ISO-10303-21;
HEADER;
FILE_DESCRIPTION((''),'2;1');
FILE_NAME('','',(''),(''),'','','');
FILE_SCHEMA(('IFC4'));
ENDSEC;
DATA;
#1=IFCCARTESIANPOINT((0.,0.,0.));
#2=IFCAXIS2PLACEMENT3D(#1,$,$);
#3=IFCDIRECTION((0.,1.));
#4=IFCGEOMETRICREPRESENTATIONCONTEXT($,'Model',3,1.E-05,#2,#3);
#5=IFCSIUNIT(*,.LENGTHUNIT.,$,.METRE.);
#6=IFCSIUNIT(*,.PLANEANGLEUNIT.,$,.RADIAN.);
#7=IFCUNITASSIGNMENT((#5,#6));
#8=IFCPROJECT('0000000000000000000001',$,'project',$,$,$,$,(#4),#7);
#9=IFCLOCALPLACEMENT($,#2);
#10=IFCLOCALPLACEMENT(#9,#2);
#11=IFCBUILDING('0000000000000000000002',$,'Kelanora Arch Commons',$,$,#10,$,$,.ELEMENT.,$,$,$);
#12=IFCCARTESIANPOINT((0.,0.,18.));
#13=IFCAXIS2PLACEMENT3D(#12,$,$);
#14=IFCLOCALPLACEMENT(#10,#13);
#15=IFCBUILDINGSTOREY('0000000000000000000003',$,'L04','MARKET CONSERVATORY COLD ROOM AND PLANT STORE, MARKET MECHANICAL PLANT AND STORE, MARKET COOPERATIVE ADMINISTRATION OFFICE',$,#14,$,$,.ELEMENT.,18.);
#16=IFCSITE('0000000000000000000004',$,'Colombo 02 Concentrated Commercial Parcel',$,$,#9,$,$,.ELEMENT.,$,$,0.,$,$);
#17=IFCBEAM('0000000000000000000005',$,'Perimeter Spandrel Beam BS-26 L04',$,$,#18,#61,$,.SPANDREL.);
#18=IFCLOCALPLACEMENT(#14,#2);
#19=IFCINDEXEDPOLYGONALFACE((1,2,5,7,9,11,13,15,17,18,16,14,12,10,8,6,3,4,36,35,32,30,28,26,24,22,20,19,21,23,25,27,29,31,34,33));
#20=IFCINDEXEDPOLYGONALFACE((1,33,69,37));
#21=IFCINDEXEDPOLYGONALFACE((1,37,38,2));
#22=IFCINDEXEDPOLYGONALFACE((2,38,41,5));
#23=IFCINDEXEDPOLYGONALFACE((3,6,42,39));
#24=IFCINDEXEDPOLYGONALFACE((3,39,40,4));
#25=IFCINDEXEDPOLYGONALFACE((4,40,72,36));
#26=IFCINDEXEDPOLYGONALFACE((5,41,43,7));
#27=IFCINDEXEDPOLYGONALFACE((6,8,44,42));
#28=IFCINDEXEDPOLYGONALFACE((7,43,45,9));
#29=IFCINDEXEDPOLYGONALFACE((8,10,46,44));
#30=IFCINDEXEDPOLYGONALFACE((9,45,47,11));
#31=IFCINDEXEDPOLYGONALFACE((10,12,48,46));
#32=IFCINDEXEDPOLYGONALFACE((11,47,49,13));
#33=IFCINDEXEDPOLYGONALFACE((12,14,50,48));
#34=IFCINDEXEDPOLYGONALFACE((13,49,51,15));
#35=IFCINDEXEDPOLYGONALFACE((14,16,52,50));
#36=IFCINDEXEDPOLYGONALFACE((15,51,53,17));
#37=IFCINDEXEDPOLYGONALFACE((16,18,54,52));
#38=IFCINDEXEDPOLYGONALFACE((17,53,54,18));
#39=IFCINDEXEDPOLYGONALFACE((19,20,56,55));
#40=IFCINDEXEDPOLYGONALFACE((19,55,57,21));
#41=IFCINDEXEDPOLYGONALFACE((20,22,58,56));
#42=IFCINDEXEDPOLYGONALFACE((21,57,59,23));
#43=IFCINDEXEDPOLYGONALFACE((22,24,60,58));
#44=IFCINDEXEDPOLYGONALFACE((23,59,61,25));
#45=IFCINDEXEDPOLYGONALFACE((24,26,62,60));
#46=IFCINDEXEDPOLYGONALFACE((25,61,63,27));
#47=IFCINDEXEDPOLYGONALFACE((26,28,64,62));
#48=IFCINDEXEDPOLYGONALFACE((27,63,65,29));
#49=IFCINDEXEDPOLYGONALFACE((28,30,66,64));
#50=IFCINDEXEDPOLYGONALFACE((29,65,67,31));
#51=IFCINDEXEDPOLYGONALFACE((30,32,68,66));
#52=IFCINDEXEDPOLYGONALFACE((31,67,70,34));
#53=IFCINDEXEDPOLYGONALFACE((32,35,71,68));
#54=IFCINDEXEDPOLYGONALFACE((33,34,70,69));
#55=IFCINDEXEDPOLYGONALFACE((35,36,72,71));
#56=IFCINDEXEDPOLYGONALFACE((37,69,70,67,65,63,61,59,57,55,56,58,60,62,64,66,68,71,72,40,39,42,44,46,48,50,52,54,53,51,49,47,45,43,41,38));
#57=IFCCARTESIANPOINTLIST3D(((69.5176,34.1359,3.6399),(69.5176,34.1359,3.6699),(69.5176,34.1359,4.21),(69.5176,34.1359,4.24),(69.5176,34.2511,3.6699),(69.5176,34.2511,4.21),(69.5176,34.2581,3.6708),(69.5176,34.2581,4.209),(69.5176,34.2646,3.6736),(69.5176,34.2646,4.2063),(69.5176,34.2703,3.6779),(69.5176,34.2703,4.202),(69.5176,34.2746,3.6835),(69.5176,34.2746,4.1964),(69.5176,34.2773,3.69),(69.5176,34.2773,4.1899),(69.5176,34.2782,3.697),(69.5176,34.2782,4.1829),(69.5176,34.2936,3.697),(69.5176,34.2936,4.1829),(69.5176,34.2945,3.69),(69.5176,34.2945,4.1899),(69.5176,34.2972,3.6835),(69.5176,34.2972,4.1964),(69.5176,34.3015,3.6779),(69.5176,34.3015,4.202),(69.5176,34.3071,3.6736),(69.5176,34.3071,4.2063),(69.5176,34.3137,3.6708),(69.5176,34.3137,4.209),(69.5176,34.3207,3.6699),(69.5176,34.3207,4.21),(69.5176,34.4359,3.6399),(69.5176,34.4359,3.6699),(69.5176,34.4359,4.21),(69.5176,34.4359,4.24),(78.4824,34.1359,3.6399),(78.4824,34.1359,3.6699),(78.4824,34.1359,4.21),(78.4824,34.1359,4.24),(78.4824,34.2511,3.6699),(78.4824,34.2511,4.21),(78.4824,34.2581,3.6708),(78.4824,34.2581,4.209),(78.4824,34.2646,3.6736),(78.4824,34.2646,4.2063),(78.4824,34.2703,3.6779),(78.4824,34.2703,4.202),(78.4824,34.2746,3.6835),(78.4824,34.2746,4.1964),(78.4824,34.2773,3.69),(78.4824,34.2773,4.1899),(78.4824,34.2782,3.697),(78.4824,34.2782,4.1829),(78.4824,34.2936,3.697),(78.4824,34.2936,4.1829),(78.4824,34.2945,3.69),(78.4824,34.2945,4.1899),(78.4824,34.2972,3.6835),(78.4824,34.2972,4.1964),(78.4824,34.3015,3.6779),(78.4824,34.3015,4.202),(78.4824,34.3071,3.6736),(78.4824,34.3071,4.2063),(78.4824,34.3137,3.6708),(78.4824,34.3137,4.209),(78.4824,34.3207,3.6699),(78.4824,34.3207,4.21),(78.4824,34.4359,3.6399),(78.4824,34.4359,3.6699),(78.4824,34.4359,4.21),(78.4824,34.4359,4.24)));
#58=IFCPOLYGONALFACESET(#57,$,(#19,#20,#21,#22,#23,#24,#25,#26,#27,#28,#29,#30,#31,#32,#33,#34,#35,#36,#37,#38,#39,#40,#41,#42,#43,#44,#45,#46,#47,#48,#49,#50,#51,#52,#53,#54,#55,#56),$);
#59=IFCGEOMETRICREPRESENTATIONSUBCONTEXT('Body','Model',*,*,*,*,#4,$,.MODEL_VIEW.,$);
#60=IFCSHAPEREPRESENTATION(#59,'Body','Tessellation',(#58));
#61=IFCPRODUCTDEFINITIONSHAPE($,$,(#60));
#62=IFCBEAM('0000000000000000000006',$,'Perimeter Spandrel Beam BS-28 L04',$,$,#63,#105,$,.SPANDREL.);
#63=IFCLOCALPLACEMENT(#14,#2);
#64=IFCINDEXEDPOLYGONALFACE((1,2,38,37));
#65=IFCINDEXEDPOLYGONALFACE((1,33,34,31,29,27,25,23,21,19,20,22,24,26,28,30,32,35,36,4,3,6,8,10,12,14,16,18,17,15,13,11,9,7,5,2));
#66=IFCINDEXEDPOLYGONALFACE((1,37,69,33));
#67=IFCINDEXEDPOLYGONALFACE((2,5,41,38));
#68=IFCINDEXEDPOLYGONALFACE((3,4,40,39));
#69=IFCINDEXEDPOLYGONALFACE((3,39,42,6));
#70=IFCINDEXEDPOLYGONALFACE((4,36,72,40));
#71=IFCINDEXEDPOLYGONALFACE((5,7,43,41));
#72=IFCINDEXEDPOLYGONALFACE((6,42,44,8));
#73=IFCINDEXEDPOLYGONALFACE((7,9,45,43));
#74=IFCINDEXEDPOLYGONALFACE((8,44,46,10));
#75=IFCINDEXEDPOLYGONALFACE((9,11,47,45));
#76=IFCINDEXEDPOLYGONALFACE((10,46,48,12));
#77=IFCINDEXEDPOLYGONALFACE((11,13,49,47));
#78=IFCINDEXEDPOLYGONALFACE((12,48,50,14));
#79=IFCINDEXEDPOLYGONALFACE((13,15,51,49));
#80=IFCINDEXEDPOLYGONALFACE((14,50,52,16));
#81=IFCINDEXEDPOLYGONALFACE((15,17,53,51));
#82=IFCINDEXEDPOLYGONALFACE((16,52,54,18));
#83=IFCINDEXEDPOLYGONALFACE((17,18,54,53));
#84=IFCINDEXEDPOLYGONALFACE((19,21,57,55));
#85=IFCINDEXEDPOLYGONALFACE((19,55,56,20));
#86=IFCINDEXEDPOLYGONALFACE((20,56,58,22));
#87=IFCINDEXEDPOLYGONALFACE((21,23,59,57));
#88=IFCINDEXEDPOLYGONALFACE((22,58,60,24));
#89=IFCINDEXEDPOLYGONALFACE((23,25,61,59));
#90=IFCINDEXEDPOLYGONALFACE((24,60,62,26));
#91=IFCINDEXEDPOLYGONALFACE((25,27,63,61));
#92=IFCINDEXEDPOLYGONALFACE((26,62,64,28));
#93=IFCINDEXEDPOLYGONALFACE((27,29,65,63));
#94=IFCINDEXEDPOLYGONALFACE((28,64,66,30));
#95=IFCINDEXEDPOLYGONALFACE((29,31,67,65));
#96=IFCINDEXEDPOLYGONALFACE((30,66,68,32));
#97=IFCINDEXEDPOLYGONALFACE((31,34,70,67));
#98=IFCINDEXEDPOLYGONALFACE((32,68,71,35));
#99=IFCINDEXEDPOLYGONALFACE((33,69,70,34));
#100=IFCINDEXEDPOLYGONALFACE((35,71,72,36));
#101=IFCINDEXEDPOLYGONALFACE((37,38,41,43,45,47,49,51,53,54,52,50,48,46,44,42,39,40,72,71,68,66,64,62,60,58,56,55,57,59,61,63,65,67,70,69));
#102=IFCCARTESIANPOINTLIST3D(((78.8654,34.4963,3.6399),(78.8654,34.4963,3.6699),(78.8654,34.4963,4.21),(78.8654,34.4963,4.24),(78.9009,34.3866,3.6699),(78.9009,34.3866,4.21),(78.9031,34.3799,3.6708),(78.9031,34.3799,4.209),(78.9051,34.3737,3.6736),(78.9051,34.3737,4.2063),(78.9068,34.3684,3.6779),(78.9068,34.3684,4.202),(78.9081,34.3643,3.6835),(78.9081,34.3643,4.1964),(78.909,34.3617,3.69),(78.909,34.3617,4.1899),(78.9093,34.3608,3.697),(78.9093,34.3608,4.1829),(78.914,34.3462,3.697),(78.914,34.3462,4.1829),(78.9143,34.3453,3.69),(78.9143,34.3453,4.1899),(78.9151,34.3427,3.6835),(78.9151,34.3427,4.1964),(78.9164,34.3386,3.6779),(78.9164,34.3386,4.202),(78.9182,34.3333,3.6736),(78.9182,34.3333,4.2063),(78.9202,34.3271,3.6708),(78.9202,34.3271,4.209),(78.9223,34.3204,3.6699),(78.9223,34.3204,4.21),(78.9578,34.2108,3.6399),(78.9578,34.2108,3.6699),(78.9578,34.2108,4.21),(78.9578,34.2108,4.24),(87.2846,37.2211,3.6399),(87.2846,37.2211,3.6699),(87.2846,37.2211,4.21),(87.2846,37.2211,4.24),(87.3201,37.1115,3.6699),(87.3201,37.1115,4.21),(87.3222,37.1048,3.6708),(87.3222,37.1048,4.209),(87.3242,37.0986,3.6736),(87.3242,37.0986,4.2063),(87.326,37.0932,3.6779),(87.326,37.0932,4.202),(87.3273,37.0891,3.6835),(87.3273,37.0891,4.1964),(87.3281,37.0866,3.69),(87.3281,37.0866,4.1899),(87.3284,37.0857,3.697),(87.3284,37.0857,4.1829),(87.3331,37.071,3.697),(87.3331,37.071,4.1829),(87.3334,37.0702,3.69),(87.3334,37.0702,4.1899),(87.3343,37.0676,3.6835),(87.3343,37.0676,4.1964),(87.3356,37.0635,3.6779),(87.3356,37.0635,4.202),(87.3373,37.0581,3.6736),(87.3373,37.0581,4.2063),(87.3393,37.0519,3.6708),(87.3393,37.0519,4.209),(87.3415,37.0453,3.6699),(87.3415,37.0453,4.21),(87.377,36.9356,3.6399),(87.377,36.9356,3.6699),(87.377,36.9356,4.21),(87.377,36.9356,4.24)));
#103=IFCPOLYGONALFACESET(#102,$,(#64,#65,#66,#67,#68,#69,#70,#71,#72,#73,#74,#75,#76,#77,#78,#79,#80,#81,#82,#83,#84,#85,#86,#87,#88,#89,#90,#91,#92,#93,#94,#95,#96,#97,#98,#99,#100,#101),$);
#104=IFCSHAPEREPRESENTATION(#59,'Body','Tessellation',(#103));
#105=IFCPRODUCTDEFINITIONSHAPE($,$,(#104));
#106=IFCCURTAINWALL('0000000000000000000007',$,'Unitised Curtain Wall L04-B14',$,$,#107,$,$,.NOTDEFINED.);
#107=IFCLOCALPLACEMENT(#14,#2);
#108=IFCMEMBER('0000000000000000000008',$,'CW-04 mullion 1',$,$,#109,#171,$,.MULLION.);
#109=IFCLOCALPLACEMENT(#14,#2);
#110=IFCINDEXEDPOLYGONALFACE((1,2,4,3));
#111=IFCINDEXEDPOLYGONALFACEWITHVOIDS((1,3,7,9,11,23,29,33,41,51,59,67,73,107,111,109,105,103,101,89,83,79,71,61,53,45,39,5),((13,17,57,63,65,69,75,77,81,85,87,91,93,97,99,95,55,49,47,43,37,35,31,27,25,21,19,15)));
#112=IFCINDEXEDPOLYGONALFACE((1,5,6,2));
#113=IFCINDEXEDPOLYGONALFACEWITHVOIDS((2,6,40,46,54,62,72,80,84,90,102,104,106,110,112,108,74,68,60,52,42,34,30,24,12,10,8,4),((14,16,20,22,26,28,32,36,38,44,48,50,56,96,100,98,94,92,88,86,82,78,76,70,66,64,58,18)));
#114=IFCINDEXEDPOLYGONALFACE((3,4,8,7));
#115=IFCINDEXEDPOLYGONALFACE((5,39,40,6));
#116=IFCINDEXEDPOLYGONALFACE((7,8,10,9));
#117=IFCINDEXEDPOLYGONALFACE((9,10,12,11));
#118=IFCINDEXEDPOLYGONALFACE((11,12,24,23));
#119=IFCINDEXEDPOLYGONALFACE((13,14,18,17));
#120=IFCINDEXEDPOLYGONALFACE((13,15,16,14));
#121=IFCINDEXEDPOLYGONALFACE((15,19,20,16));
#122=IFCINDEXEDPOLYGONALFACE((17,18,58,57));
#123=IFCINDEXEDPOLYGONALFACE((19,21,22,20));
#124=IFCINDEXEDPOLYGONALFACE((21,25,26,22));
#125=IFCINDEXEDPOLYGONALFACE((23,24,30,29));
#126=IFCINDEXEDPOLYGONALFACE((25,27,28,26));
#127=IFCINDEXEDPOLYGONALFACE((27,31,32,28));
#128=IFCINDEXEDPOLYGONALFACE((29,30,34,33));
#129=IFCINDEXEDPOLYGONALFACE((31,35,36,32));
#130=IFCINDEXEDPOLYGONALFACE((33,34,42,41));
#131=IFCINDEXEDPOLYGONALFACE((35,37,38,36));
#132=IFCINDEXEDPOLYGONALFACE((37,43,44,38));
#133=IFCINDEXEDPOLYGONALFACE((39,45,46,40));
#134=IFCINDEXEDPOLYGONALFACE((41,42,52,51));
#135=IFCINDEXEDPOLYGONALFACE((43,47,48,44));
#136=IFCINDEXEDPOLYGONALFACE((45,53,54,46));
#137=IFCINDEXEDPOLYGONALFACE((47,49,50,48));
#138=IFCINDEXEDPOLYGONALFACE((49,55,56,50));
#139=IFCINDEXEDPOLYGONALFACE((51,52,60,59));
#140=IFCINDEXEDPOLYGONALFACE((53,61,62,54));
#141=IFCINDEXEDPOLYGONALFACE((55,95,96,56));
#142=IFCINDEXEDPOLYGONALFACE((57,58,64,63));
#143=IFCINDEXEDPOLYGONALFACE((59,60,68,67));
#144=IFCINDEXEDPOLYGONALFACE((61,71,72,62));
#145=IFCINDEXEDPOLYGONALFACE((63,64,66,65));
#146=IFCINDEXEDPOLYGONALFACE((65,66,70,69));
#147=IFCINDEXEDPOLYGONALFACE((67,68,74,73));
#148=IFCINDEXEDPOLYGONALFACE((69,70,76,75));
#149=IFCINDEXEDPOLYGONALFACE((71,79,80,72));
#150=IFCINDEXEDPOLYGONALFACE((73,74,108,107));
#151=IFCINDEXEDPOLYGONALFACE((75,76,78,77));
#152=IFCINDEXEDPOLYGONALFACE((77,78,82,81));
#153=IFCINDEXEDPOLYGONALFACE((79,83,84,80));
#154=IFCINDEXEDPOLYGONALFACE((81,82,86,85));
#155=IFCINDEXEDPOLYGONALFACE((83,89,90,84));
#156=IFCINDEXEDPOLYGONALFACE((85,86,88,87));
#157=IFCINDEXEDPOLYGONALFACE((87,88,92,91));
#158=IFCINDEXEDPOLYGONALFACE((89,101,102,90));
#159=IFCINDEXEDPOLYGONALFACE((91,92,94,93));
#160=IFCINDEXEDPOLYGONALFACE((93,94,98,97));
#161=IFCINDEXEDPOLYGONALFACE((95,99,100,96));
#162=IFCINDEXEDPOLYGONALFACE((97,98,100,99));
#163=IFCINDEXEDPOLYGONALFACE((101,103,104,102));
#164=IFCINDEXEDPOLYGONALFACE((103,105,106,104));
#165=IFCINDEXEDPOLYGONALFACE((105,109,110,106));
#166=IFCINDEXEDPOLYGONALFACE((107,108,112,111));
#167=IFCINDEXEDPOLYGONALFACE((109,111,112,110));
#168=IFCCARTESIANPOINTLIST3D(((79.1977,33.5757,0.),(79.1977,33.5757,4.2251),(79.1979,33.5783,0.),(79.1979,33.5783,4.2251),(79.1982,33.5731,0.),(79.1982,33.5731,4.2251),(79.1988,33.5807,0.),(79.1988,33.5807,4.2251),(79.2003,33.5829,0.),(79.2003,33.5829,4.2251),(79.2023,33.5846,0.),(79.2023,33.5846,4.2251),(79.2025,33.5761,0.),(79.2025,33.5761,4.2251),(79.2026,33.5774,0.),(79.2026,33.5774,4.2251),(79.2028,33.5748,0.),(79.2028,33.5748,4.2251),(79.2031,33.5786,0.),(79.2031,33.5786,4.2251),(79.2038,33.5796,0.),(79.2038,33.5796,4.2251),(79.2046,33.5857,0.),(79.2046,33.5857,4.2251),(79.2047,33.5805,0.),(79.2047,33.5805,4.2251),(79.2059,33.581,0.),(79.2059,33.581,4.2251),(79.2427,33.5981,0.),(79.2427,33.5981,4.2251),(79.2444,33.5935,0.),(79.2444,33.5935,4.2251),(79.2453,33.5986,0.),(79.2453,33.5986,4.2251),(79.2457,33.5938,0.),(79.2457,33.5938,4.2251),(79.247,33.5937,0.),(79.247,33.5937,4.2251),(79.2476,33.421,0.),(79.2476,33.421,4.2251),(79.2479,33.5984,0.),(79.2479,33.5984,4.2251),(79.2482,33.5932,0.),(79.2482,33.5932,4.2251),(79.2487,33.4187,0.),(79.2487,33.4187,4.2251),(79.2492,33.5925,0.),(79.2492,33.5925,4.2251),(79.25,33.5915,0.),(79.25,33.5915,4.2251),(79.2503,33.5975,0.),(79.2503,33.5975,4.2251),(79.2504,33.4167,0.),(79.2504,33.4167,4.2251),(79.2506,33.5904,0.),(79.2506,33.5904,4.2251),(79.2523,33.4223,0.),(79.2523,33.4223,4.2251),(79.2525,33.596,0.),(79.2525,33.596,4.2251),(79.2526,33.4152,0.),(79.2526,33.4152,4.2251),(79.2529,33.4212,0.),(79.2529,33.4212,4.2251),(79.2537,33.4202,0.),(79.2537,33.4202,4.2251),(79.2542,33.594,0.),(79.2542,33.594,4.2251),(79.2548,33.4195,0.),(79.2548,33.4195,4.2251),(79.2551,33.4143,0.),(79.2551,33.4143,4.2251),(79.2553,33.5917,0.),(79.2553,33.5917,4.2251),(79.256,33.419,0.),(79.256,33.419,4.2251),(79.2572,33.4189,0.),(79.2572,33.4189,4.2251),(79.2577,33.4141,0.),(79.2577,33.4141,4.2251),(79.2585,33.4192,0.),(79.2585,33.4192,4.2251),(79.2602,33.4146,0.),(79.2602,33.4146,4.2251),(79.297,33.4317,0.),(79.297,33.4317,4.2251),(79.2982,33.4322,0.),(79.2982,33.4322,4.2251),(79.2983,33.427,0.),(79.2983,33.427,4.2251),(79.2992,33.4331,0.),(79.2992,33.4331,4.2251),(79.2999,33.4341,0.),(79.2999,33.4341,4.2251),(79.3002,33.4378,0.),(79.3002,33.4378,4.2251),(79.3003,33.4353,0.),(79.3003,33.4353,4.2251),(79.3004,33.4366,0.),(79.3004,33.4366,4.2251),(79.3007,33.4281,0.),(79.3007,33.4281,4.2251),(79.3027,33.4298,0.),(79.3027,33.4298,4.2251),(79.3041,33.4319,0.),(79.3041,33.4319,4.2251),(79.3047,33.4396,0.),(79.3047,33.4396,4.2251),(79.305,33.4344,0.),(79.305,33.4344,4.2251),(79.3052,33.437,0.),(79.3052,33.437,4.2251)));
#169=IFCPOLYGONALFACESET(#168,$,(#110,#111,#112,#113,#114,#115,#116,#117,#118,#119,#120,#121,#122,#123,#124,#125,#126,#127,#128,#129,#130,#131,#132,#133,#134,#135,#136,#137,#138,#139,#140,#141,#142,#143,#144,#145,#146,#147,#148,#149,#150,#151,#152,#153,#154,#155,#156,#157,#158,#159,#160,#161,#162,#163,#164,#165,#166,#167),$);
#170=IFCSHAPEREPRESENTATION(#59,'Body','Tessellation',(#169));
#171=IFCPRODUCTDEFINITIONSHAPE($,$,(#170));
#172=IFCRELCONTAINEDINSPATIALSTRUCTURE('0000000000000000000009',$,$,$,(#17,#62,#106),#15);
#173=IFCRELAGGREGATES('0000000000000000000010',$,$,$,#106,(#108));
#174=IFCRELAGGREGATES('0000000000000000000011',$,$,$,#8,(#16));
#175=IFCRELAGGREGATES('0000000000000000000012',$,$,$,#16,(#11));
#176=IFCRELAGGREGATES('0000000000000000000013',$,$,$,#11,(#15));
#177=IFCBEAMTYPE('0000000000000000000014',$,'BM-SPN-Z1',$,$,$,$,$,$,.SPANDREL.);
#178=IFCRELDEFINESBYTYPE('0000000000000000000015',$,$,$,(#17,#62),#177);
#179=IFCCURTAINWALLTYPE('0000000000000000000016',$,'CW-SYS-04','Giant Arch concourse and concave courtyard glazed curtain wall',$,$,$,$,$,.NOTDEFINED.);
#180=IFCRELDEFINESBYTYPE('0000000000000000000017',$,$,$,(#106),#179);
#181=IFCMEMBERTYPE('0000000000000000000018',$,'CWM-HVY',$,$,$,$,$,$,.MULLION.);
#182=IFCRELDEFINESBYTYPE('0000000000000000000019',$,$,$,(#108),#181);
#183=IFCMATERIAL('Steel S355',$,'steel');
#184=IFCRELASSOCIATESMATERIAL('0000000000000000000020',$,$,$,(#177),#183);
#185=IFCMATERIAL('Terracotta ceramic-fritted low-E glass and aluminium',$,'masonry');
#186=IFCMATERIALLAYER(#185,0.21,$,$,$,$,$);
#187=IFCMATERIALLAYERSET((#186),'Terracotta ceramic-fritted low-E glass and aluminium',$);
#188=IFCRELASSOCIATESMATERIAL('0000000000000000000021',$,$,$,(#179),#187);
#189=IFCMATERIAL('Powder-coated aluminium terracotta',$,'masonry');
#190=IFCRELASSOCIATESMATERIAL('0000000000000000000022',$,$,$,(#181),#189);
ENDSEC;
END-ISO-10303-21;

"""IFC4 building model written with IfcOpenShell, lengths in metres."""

from ifc_helpers import new_model, si_unit, direction, frame, origin, origin_2d, place, context, subcontext, project, spatial, hollow_rectangle, i_section, extrude, material, layer, layer_set, material_profile, profile_set, type_object, element, aggregate, save


model = new_model("IFC4")

# Units and contexts
model_context = context("Model", 3, precision=1e-05, world=origin(), true_north=direction((0.0, 1.0)))
body_context = subcontext(model_context, "Body", "Model", "MODEL_VIEW")
ifc_project = project(units=[si_unit("LENGTHUNIT", "METRE"), si_unit("PLANEANGLEUNIT", "RADIAN")], contexts=[model_context])

# Site, building, storey
site_placement = place(None, origin())
site = spatial("IfcSite", under=ifc_project, at=site_placement, Name="Colombo 02 Concentrated Commercial Parcel", CompositionType="ELEMENT", RefElevation=0.0)
building_placement = place(site_placement, origin())
building = spatial("IfcBuilding", under=site, at=building_placement, Name="Kelanora Arch Commons", CompositionType="ELEMENT")
storey_placement = place(building_placement, frame((0.0, 0.0, 18.0)))
storey = spatial("IfcBuildingStorey", under=building, at=storey_placement, Name="L04", Description="MARKET CONSERVATORY COLD ROOM AND PLANT STORE, MARKET MECHANICAL PLANT AND STORE, MARKET COOPERATIVE ADMINISTRATION OFFICE", CompositionType="ELEMENT", Elevation=18.0)

# Beams
ifc_material_1 = material(Name="Steel S355", Category="steel")
ifc_material_profile_1 = material_profile(ifc_material_1, i_section(OverallWidth=0.3, OverallDepth=0.6001, WebThickness=0.0154, FlangeThickness=0.03, FilletRadius=0.0271, at=origin_2d()), Name="HEB600")
ifc_profile_set_1 = profile_set([ifc_material_profile_1], Name="Steel S355")
beam_type_1 = type_object("IfcBeamType", Name="BM-SPN-Z1", PredefinedType="SPANDREL", material=ifc_profile_set_1)
beam_1_placement = place(storey_placement, frame((69.5176, 34.2859, 3.9399), z_axis=(1.0, 0.0, 0.0), x_axis=(0.0, 1.0, 0.0)))
element("IfcBeam", 1, at=beam_1_placement, inside=storey, type_object=beam_type_1, Name="Perimeter Spandrel Beam BS-26 L04", PredefinedType="SPANDREL", context=body_context, shape_type="SweptSolid", body=[
    extrude(i_section(OverallWidth=0.3, OverallDepth=0.6001, WebThickness=0.0154, FlangeThickness=0.03, FilletRadius=0.0271, at=origin_2d()), origin(), (0.0, 0.0, 1.0), 8.9648),
])
beam_2_placement = place(storey_placement, frame((78.9116, 34.3535, 3.9399), z_axis=(0.951411, 0.307922, 0.0), x_axis=(-0.307922, 0.951411, 0.0)))
element("IfcBeam", 2, at=beam_2_placement, inside=storey, type_object=beam_type_1, Name="Perimeter Spandrel Beam BS-28 L04", PredefinedType="SPANDREL", context=body_context, shape_type="SweptSolid", body=[
    extrude(i_section(OverallWidth=0.3, OverallDepth=0.6001, WebThickness=0.0154, FlangeThickness=0.03, FilletRadius=0.0271, at=origin_2d()), origin(), (0.0, 0.0, 1.0), 8.8491),
])

# Curtain wall, member
ifc_material_2 = material(Name="Terracotta ceramic-fritted low-E glass and aluminium", Category="masonry")
ifc_layer_1 = layer(ifc_material_2, 0.21)
ifc_layer_set_1 = layer_set([ifc_layer_1], Name="Terracotta ceramic-fritted low-E glass and aluminium")
curtain_wall_type_1 = type_object("IfcCurtainWallType", Name="CW-SYS-04", Description="Giant Arch concourse and concave courtyard glazed curtain wall", PredefinedType="NOTDEFINED", material=ifc_layer_set_1)
curtain_wall_1_placement = place(storey_placement, origin())
curtain_wall_1 = element("IfcCurtainWall", 3, at=curtain_wall_1_placement, inside=storey, type_object=curtain_wall_type_1, Name="Unitised Curtain Wall L04-B14", PredefinedType="NOTDEFINED")
ifc_material_3 = material(Name="Powder-coated aluminium terracotta", Category="masonry")
ifc_material_profile_2 = material_profile(ifc_material_3, hollow_rectangle(XDim=0.1799, YDim=0.0601, WallThickness=0.0049, InnerFilletRadius=0.0049, OuterFilletRadius=0.01, at=origin_2d()), Name="CWM180x60")
ifc_profile_set_2 = profile_set([ifc_material_profile_2], Name="Powder-coated aluminium terracotta")
member_type_1 = type_object("IfcMemberType", Name="CWM-HVY", PredefinedType="MULLION", material=ifc_profile_set_2)
member_1_placement = place(storey_placement, frame((79.2515, 33.5063, 0.0), z_axis=(0.0, 0.0, 1.0), x_axis=(-0.30907, 0.951039, 0.0)))
member_1 = element("IfcMember", 4, at=member_1_placement, type_object=member_type_1, Name="CW-04 mullion 1", PredefinedType="MULLION", context=body_context, shape_type="SweptSolid", body=[
    extrude(hollow_rectangle(XDim=0.1799, YDim=0.0601, WallThickness=0.0049, InnerFilletRadius=0.0049, OuterFilletRadius=0.01, at=origin_2d()), origin(), (0.0, 0.0, 1.0), 4.2251),
])

aggregate(curtain_wall_1, [member_1])

save(model, "model.ifc")
